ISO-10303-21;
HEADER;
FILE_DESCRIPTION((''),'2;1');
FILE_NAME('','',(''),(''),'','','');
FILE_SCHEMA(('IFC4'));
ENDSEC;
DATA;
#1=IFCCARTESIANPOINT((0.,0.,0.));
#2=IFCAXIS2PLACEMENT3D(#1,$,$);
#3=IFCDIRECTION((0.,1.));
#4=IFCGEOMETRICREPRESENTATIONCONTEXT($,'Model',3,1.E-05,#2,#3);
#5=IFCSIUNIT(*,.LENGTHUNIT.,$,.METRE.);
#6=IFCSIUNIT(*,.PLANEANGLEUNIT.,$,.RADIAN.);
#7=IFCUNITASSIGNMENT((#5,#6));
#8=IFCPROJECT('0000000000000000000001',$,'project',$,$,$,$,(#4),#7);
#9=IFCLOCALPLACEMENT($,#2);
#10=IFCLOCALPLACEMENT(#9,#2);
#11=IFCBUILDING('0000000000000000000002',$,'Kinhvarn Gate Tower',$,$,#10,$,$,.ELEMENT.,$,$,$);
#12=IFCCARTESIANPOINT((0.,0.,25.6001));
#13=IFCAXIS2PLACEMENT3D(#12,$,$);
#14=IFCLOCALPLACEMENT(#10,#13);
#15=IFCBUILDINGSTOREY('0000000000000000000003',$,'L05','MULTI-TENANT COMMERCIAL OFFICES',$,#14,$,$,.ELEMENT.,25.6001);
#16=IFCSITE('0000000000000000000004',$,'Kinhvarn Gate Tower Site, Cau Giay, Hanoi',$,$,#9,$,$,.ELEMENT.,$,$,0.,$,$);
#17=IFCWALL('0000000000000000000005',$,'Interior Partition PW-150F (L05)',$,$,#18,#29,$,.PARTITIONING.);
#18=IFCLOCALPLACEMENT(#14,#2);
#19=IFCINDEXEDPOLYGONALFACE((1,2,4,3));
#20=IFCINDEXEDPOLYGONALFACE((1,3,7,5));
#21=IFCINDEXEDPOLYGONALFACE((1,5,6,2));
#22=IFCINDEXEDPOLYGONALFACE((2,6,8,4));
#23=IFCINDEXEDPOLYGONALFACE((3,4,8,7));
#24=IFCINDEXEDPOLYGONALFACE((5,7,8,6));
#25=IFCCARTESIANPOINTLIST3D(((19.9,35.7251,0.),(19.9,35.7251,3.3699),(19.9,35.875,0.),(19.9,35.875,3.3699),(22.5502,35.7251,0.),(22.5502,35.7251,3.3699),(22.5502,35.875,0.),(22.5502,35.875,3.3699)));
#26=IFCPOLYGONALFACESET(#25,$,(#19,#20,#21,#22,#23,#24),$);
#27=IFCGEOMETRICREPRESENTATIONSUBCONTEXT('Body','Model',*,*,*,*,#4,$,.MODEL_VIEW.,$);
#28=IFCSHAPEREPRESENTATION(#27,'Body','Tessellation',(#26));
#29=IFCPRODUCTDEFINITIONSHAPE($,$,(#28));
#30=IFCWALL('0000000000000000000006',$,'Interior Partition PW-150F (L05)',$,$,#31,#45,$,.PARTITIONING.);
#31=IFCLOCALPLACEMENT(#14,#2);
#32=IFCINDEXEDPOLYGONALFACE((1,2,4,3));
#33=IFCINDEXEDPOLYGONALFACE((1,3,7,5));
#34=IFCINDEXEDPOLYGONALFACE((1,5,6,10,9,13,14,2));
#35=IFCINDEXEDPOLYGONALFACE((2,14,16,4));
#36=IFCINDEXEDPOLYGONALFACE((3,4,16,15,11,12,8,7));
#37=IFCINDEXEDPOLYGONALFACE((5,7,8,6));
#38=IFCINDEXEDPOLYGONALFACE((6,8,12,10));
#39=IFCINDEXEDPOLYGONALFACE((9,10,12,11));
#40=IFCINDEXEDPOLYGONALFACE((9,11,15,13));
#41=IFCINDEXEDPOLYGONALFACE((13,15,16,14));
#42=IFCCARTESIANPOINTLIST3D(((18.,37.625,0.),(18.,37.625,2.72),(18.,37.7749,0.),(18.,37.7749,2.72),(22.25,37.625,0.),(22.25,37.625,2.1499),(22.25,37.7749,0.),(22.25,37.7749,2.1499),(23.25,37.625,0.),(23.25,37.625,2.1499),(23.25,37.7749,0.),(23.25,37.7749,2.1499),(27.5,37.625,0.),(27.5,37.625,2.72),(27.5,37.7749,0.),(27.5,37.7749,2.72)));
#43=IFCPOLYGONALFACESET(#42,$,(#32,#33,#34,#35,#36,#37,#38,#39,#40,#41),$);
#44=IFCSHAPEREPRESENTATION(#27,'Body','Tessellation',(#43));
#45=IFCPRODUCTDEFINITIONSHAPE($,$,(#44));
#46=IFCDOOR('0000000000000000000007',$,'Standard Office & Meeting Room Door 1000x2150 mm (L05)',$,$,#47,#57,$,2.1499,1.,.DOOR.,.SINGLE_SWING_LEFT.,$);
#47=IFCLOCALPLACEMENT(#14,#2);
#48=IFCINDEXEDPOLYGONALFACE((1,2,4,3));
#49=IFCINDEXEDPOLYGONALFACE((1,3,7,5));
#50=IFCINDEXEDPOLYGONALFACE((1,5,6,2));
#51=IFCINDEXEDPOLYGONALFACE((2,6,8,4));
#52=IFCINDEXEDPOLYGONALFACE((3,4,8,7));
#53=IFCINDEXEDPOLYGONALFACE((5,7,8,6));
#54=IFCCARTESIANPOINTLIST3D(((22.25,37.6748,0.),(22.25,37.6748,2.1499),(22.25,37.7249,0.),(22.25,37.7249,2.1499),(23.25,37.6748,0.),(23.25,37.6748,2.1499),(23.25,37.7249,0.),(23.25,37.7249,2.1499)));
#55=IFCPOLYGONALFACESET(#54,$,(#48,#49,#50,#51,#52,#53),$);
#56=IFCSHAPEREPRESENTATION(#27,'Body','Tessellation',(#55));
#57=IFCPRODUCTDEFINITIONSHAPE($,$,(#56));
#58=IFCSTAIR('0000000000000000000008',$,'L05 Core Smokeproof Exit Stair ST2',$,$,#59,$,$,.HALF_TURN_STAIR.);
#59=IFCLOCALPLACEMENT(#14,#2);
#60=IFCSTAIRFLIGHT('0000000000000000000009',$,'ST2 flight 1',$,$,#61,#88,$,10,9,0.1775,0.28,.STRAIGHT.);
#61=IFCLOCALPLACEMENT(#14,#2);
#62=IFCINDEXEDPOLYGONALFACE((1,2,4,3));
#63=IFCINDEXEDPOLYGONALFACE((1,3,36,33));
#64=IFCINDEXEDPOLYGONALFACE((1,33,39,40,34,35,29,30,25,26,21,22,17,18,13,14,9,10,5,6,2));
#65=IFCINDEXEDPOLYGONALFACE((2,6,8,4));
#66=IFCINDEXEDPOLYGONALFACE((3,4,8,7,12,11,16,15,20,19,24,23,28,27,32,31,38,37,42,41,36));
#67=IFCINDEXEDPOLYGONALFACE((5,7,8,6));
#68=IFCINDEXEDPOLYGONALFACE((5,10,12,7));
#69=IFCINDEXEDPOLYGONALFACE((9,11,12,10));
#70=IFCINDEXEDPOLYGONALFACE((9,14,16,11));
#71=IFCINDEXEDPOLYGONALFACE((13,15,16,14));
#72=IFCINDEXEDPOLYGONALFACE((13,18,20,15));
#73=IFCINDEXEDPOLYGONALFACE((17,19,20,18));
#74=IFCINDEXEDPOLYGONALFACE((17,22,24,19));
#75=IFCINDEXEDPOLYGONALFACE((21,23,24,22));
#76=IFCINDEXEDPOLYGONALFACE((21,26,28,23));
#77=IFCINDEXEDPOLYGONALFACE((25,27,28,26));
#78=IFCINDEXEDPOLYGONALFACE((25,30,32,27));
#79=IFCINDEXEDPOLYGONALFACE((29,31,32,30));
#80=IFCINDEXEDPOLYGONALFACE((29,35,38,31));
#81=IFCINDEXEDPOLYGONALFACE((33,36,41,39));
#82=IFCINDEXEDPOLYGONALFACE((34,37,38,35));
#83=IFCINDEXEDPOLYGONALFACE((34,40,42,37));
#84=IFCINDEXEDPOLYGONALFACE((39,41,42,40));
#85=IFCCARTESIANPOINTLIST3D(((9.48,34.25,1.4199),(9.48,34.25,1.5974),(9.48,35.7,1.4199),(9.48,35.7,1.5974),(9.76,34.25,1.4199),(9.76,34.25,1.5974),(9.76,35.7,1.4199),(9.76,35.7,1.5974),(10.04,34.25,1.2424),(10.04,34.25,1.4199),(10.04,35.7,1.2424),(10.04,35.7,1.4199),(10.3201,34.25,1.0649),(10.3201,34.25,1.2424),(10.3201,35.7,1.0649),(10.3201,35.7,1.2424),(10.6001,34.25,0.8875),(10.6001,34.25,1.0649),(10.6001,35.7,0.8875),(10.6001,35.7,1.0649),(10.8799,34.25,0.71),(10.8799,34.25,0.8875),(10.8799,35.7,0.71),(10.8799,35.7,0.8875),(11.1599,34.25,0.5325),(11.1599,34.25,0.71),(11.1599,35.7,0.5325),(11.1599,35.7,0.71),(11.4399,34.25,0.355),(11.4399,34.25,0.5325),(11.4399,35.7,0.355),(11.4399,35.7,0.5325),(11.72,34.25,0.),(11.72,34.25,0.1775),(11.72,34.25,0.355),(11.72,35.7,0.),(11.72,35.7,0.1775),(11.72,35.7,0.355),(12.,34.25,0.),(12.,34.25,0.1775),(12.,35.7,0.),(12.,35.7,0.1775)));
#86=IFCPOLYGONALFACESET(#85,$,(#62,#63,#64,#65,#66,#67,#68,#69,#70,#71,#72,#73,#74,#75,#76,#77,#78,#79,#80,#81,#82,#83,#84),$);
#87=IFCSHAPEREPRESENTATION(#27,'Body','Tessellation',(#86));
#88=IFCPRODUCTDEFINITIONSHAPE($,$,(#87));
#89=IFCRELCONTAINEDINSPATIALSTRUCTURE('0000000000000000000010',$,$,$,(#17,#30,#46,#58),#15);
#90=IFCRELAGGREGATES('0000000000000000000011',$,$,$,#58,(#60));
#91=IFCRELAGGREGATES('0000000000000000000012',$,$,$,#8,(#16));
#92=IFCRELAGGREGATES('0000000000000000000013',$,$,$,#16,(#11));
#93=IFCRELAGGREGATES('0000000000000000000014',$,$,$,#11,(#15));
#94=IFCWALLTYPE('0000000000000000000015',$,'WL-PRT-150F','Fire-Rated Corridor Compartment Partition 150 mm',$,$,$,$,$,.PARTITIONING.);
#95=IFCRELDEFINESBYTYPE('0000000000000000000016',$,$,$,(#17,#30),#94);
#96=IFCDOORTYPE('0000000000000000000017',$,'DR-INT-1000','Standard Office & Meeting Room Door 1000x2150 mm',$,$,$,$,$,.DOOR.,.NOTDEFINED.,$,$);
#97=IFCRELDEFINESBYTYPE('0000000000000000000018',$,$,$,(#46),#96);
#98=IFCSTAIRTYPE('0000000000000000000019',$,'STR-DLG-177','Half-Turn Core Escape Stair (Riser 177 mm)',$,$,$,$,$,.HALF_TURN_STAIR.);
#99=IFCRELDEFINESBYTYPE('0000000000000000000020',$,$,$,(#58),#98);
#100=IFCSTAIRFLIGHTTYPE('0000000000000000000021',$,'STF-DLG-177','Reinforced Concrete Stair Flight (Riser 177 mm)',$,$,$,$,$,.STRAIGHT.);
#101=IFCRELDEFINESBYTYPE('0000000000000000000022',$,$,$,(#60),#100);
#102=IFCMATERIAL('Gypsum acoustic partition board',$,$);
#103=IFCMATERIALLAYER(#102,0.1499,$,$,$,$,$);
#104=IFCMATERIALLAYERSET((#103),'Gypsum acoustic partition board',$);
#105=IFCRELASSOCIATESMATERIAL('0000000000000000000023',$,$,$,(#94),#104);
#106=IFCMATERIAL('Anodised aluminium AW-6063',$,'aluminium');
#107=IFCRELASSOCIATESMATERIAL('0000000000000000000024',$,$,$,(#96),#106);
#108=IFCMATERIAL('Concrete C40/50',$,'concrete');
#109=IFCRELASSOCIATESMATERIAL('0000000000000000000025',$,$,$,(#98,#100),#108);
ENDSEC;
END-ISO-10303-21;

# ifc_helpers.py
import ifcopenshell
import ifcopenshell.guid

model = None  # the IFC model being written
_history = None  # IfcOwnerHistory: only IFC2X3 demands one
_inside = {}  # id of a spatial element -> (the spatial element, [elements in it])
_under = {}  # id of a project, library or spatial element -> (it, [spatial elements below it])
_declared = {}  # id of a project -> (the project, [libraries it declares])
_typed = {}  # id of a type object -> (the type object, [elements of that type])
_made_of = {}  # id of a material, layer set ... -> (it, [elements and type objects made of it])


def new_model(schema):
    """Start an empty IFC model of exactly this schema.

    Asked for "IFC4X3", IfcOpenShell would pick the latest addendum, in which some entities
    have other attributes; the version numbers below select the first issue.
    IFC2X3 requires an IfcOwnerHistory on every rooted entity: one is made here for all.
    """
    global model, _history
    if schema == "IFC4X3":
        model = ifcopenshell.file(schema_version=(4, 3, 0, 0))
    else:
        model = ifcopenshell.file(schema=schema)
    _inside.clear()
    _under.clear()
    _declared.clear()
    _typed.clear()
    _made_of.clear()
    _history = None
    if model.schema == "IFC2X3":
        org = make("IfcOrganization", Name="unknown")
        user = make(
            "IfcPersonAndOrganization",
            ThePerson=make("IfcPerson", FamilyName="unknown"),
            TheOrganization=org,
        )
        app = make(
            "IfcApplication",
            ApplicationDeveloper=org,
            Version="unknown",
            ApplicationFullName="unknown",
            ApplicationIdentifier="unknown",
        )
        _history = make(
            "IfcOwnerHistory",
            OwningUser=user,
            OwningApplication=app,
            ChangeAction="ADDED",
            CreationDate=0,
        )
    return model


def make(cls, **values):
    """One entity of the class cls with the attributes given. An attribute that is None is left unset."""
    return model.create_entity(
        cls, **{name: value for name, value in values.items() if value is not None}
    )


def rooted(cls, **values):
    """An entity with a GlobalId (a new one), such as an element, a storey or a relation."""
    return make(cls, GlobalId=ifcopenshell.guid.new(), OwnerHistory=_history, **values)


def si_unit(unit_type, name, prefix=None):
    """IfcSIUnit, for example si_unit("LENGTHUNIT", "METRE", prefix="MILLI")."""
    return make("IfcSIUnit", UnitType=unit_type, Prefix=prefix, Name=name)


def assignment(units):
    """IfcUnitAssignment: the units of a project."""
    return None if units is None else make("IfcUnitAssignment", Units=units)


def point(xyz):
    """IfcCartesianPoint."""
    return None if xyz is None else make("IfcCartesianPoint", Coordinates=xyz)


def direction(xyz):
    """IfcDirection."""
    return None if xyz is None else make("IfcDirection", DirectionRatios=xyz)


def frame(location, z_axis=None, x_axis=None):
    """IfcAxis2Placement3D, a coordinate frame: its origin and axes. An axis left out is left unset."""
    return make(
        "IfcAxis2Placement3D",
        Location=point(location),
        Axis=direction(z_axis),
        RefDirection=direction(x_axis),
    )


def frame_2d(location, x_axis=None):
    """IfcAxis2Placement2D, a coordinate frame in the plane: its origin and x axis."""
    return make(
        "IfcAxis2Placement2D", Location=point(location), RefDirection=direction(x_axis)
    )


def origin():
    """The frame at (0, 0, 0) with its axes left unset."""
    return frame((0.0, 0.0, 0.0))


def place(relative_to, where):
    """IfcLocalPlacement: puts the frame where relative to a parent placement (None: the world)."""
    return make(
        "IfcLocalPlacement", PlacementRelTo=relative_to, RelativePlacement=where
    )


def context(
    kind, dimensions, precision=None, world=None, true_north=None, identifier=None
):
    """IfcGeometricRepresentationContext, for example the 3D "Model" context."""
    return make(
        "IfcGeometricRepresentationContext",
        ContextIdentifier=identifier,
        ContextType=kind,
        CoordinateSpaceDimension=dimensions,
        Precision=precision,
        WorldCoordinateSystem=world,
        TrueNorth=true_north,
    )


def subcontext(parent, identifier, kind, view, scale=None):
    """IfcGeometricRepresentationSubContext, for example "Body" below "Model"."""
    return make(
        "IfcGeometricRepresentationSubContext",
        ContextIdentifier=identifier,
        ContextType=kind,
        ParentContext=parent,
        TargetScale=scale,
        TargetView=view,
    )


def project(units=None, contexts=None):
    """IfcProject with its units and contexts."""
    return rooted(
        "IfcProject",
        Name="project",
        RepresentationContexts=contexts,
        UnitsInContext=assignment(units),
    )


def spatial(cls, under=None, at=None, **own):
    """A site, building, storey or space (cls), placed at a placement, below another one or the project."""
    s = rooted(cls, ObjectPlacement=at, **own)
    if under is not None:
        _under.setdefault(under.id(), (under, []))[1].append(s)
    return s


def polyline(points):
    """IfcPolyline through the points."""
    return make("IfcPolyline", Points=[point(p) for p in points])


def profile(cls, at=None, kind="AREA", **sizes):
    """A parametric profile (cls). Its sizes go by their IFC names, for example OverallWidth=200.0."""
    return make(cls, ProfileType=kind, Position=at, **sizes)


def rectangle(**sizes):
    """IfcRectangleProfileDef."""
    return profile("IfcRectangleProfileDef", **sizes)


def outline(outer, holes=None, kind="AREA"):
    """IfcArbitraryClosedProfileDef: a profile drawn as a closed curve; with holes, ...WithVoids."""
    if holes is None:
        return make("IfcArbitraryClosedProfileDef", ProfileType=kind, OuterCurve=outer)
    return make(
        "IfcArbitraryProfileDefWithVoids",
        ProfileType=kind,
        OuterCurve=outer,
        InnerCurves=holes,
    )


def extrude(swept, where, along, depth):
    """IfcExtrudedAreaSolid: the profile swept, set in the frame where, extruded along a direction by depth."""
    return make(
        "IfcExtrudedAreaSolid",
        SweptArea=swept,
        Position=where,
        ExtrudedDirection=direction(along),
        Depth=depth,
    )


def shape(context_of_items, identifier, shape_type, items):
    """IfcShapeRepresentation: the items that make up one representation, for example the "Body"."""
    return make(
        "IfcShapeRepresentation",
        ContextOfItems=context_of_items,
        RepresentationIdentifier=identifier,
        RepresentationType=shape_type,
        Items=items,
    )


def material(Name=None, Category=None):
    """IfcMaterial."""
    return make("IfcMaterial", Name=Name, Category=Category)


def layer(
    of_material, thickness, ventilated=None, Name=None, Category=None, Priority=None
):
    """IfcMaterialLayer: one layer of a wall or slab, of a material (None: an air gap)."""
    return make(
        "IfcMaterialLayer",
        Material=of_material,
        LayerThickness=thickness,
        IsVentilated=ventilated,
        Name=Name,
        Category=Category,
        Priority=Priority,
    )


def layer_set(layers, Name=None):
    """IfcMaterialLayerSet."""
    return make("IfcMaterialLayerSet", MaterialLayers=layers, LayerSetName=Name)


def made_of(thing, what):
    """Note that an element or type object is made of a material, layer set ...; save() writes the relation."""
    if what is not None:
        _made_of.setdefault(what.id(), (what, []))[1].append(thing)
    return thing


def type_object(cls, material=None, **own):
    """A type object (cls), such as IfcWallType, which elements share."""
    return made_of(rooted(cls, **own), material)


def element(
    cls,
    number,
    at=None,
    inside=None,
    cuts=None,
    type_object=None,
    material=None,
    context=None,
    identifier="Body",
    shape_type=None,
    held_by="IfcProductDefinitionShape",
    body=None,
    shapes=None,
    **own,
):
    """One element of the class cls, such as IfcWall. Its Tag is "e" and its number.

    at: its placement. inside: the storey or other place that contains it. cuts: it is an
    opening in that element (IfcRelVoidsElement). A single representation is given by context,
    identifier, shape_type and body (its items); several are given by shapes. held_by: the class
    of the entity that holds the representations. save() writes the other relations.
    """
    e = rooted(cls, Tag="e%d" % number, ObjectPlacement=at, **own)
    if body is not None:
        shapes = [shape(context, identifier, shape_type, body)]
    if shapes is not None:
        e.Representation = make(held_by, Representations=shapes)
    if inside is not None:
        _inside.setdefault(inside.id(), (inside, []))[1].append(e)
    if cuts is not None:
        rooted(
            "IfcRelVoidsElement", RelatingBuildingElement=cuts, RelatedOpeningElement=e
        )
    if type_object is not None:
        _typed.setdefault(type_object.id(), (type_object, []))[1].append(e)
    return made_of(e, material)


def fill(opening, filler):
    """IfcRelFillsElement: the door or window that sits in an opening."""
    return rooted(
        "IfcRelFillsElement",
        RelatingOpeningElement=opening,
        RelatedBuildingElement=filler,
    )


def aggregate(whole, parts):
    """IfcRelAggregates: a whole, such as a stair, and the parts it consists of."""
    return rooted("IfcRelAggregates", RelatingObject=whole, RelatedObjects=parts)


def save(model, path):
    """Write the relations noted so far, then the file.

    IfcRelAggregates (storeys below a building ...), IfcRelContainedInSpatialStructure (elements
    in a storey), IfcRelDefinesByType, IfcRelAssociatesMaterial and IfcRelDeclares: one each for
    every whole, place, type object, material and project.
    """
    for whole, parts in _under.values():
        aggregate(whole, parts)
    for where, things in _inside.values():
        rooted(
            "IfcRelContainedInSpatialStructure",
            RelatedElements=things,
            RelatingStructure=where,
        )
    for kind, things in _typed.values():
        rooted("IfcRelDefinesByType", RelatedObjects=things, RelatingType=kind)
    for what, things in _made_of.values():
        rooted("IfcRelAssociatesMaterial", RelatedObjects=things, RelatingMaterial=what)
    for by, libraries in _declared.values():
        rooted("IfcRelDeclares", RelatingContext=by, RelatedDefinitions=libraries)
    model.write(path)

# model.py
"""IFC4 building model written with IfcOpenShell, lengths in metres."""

from ifc_helpers import new_model, si_unit, direction, frame, frame_2d, origin, place, context, subcontext, project, spatial, polyline, rectangle, outline, extrude, material, layer, layer_set, type_object, element, fill, aggregate, save


model = new_model("IFC4")

# Units and contexts
model_context = context("Model", 3, precision=1e-05, world=origin(), true_north=direction((0.0, 1.0)))
body_context = subcontext(model_context, "Body", "Model", "MODEL_VIEW")
ifc_project = project(units=[si_unit("LENGTHUNIT", "METRE"), si_unit("PLANEANGLEUNIT", "RADIAN")], contexts=[model_context])

# Site, building, storey
site_placement = place(None, origin())
site = spatial("IfcSite", under=ifc_project, at=site_placement, Name="Kinhvarn Gate Tower Site, Cau Giay, Hanoi", CompositionType="ELEMENT", RefElevation=0.0)
building_placement = place(site_placement, origin())
building = spatial("IfcBuilding", under=site, at=building_placement, Name="Kinhvarn Gate Tower", CompositionType="ELEMENT")
storey_placement = place(building_placement, frame((0.0, 0.0, 25.6001)))
storey = spatial("IfcBuildingStorey", under=building, at=storey_placement, Name="L05", Description="MULTI-TENANT COMMERCIAL OFFICES", CompositionType="ELEMENT", Elevation=25.6001)

# Shared definitions
ifc_material_1 = material(Name="Anodised aluminium AW-6063", Category="aluminium")

# Shared definitions
ifc_material_2 = material(Name="Gypsum acoustic partition board")

# Shared definitions
ifc_layer_1 = layer(ifc_material_2, 0.1499)
ifc_layer_set_1 = layer_set([ifc_layer_1], Name="Gypsum acoustic partition board")
wall_type_1 = type_object("IfcWallType", Name="WL-PRT-150F", Description="Fire-Rated Corridor Compartment Partition 150 mm", PredefinedType="PARTITIONING", material=ifc_layer_set_1)
door_type_1 = type_object("IfcDoorType", Name="DR-INT-1000", Description="Standard Office & Meeting Room Door 1000x2150 mm", OperationType="NOTDEFINED", PredefinedType="DOOR", material=ifc_material_1)

# Wall
wall_1_placement = place(storey_placement, frame((19.8999, 35.8, 0.0), z_axis=(0.0, 0.0, 1.0), x_axis=(1.0, 0.0, 0.0)))
element("IfcWall", 1, at=wall_1_placement, inside=storey, type_object=wall_type_1, Name="Interior Partition PW-150F (L05)", PredefinedType="PARTITIONING", context=body_context, shape_type="SweptSolid", body=[
    extrude(rectangle(XDim=2.6501, YDim=0.1499, at=frame_2d((1.3252, 0.0))), origin(), (0.0, 0.0, 1.0), 3.3699),
])

# Wall, opening, door
wall_2_placement = place(storey_placement, frame((18.0, 37.7, 0.0), z_axis=(0.0, 0.0, 1.0), x_axis=(1.0, 0.0, 0.0)))
wall_2 = element("IfcWall", 2, at=wall_2_placement, inside=storey, type_object=wall_type_1, Name="Interior Partition PW-150F (L05)", PredefinedType="PARTITIONING", context=body_context, shape_type="SweptSolid", body=[
    extrude(rectangle(XDim=9.5, YDim=0.1499, at=frame_2d((4.75, 0.0))), origin(), (0.0, 0.0, 1.0), 2.72),
])
opening_1_placement = place(wall_2_placement, frame((4.25, 0.0, 0.0)))
opening_1 = element("IfcOpeningElement", 3, at=opening_1_placement, cuts=wall_2, PredefinedType="OPENING", context=body_context, shape_type="SweptSolid", body=[
    extrude(rectangle(XDim=1.0, YDim=2.1499, at=frame_2d((0.5, 1.075))), frame((0.0, 0.085, 0.0), z_axis=(0.0, -1.0, 0.0), x_axis=(1.0, 0.0, 0.0)), (0.0, 0.0, 1.0), 0.1699),
])
door_1_placement = place(opening_1_placement, origin())
door_1 = element("IfcDoor", 4, at=door_1_placement, inside=storey, type_object=door_type_1, Name="Standard Office & Meeting Room Door 1000x2150 mm (L05)", OperationType="SINGLE_SWING_LEFT", OverallHeight=2.1499, OverallWidth=1.0, PredefinedType="DOOR", context=body_context, shape_type="SweptSolid", body=[
    extrude(rectangle(XDim=1.0, YDim=2.1499, at=frame_2d((0.5, 1.075))), frame((0.0, 0.0249, 0.0), z_axis=(0.0, -1.0, 0.0), x_axis=(1.0, 0.0, 0.0)), (0.0, 0.0, 1.0), 0.05),
])
fill(opening_1, door_1)
ifc_material_3 = material(Name="Concrete C40/50", Category="concrete")

# Stair, stair flight
stair_type = type_object("IfcStairType", Name="STR-DLG-177", Description="Half-Turn Core Escape Stair (Riser 177 mm)", PredefinedType="HALF_TURN_STAIR", material=ifc_material_3)
stair_placement = place(storey_placement, origin())
stair = element("IfcStair", 5, at=stair_placement, inside=storey, type_object=stair_type, Name="L05 Core Smokeproof Exit Stair ST2", PredefinedType="HALF_TURN_STAIR")
stair_flight_type = type_object("IfcStairFlightType", Name="STF-DLG-177", Description="Reinforced Concrete Stair Flight (Riser 177 mm)", PredefinedType="STRAIGHT", material=ifc_material_3)
stair_flight_placement = place(storey_placement, frame((12.0, 34.9751, 0.0), z_axis=(0.0, 0.0, 1.0), x_axis=(-1.0, 0.0, 0.0)))
stair_flight = element("IfcStairFlight", 6, at=stair_flight_placement, type_object=stair_flight_type, Name="ST2 flight 1", NumberOfRisers=10, NumberOfTreads=9, PredefinedType="STRAIGHT", RiserHeight=0.1775, TreadLength=0.28, context=body_context, shape_type="SweptSolid", body=[
    extrude(outline(polyline([(0.0, 0.0), (0.0, 0.1775), (0.28, 0.1775), (0.28, 0.355), (0.5601, 0.355), (0.5601, 0.5325), (0.8401, 0.5325), (0.8401, 0.71), (1.1201, 0.71), (1.1201, 0.8875), (1.3999, 0.8875), (1.3999, 1.0649), (1.6799, 1.0649), (1.6799, 1.2424), (1.96, 1.2424), (1.96, 1.4199), (2.24, 1.4199), (2.24, 1.5974), (2.52, 1.5974), (2.52, 1.7749), (2.52, 1.4199), (0.28, 0.0), (0.0, 0.0)])), frame((0.0, 0.7251, 0.0), z_axis=(0.0, -1.0, 0.0), x_axis=(1.0, 0.0, 0.0)), (0.0, 0.0, 1.0), 1.45),
])
aggregate(stair, [stair_flight])

save(model, "model.ifc")
